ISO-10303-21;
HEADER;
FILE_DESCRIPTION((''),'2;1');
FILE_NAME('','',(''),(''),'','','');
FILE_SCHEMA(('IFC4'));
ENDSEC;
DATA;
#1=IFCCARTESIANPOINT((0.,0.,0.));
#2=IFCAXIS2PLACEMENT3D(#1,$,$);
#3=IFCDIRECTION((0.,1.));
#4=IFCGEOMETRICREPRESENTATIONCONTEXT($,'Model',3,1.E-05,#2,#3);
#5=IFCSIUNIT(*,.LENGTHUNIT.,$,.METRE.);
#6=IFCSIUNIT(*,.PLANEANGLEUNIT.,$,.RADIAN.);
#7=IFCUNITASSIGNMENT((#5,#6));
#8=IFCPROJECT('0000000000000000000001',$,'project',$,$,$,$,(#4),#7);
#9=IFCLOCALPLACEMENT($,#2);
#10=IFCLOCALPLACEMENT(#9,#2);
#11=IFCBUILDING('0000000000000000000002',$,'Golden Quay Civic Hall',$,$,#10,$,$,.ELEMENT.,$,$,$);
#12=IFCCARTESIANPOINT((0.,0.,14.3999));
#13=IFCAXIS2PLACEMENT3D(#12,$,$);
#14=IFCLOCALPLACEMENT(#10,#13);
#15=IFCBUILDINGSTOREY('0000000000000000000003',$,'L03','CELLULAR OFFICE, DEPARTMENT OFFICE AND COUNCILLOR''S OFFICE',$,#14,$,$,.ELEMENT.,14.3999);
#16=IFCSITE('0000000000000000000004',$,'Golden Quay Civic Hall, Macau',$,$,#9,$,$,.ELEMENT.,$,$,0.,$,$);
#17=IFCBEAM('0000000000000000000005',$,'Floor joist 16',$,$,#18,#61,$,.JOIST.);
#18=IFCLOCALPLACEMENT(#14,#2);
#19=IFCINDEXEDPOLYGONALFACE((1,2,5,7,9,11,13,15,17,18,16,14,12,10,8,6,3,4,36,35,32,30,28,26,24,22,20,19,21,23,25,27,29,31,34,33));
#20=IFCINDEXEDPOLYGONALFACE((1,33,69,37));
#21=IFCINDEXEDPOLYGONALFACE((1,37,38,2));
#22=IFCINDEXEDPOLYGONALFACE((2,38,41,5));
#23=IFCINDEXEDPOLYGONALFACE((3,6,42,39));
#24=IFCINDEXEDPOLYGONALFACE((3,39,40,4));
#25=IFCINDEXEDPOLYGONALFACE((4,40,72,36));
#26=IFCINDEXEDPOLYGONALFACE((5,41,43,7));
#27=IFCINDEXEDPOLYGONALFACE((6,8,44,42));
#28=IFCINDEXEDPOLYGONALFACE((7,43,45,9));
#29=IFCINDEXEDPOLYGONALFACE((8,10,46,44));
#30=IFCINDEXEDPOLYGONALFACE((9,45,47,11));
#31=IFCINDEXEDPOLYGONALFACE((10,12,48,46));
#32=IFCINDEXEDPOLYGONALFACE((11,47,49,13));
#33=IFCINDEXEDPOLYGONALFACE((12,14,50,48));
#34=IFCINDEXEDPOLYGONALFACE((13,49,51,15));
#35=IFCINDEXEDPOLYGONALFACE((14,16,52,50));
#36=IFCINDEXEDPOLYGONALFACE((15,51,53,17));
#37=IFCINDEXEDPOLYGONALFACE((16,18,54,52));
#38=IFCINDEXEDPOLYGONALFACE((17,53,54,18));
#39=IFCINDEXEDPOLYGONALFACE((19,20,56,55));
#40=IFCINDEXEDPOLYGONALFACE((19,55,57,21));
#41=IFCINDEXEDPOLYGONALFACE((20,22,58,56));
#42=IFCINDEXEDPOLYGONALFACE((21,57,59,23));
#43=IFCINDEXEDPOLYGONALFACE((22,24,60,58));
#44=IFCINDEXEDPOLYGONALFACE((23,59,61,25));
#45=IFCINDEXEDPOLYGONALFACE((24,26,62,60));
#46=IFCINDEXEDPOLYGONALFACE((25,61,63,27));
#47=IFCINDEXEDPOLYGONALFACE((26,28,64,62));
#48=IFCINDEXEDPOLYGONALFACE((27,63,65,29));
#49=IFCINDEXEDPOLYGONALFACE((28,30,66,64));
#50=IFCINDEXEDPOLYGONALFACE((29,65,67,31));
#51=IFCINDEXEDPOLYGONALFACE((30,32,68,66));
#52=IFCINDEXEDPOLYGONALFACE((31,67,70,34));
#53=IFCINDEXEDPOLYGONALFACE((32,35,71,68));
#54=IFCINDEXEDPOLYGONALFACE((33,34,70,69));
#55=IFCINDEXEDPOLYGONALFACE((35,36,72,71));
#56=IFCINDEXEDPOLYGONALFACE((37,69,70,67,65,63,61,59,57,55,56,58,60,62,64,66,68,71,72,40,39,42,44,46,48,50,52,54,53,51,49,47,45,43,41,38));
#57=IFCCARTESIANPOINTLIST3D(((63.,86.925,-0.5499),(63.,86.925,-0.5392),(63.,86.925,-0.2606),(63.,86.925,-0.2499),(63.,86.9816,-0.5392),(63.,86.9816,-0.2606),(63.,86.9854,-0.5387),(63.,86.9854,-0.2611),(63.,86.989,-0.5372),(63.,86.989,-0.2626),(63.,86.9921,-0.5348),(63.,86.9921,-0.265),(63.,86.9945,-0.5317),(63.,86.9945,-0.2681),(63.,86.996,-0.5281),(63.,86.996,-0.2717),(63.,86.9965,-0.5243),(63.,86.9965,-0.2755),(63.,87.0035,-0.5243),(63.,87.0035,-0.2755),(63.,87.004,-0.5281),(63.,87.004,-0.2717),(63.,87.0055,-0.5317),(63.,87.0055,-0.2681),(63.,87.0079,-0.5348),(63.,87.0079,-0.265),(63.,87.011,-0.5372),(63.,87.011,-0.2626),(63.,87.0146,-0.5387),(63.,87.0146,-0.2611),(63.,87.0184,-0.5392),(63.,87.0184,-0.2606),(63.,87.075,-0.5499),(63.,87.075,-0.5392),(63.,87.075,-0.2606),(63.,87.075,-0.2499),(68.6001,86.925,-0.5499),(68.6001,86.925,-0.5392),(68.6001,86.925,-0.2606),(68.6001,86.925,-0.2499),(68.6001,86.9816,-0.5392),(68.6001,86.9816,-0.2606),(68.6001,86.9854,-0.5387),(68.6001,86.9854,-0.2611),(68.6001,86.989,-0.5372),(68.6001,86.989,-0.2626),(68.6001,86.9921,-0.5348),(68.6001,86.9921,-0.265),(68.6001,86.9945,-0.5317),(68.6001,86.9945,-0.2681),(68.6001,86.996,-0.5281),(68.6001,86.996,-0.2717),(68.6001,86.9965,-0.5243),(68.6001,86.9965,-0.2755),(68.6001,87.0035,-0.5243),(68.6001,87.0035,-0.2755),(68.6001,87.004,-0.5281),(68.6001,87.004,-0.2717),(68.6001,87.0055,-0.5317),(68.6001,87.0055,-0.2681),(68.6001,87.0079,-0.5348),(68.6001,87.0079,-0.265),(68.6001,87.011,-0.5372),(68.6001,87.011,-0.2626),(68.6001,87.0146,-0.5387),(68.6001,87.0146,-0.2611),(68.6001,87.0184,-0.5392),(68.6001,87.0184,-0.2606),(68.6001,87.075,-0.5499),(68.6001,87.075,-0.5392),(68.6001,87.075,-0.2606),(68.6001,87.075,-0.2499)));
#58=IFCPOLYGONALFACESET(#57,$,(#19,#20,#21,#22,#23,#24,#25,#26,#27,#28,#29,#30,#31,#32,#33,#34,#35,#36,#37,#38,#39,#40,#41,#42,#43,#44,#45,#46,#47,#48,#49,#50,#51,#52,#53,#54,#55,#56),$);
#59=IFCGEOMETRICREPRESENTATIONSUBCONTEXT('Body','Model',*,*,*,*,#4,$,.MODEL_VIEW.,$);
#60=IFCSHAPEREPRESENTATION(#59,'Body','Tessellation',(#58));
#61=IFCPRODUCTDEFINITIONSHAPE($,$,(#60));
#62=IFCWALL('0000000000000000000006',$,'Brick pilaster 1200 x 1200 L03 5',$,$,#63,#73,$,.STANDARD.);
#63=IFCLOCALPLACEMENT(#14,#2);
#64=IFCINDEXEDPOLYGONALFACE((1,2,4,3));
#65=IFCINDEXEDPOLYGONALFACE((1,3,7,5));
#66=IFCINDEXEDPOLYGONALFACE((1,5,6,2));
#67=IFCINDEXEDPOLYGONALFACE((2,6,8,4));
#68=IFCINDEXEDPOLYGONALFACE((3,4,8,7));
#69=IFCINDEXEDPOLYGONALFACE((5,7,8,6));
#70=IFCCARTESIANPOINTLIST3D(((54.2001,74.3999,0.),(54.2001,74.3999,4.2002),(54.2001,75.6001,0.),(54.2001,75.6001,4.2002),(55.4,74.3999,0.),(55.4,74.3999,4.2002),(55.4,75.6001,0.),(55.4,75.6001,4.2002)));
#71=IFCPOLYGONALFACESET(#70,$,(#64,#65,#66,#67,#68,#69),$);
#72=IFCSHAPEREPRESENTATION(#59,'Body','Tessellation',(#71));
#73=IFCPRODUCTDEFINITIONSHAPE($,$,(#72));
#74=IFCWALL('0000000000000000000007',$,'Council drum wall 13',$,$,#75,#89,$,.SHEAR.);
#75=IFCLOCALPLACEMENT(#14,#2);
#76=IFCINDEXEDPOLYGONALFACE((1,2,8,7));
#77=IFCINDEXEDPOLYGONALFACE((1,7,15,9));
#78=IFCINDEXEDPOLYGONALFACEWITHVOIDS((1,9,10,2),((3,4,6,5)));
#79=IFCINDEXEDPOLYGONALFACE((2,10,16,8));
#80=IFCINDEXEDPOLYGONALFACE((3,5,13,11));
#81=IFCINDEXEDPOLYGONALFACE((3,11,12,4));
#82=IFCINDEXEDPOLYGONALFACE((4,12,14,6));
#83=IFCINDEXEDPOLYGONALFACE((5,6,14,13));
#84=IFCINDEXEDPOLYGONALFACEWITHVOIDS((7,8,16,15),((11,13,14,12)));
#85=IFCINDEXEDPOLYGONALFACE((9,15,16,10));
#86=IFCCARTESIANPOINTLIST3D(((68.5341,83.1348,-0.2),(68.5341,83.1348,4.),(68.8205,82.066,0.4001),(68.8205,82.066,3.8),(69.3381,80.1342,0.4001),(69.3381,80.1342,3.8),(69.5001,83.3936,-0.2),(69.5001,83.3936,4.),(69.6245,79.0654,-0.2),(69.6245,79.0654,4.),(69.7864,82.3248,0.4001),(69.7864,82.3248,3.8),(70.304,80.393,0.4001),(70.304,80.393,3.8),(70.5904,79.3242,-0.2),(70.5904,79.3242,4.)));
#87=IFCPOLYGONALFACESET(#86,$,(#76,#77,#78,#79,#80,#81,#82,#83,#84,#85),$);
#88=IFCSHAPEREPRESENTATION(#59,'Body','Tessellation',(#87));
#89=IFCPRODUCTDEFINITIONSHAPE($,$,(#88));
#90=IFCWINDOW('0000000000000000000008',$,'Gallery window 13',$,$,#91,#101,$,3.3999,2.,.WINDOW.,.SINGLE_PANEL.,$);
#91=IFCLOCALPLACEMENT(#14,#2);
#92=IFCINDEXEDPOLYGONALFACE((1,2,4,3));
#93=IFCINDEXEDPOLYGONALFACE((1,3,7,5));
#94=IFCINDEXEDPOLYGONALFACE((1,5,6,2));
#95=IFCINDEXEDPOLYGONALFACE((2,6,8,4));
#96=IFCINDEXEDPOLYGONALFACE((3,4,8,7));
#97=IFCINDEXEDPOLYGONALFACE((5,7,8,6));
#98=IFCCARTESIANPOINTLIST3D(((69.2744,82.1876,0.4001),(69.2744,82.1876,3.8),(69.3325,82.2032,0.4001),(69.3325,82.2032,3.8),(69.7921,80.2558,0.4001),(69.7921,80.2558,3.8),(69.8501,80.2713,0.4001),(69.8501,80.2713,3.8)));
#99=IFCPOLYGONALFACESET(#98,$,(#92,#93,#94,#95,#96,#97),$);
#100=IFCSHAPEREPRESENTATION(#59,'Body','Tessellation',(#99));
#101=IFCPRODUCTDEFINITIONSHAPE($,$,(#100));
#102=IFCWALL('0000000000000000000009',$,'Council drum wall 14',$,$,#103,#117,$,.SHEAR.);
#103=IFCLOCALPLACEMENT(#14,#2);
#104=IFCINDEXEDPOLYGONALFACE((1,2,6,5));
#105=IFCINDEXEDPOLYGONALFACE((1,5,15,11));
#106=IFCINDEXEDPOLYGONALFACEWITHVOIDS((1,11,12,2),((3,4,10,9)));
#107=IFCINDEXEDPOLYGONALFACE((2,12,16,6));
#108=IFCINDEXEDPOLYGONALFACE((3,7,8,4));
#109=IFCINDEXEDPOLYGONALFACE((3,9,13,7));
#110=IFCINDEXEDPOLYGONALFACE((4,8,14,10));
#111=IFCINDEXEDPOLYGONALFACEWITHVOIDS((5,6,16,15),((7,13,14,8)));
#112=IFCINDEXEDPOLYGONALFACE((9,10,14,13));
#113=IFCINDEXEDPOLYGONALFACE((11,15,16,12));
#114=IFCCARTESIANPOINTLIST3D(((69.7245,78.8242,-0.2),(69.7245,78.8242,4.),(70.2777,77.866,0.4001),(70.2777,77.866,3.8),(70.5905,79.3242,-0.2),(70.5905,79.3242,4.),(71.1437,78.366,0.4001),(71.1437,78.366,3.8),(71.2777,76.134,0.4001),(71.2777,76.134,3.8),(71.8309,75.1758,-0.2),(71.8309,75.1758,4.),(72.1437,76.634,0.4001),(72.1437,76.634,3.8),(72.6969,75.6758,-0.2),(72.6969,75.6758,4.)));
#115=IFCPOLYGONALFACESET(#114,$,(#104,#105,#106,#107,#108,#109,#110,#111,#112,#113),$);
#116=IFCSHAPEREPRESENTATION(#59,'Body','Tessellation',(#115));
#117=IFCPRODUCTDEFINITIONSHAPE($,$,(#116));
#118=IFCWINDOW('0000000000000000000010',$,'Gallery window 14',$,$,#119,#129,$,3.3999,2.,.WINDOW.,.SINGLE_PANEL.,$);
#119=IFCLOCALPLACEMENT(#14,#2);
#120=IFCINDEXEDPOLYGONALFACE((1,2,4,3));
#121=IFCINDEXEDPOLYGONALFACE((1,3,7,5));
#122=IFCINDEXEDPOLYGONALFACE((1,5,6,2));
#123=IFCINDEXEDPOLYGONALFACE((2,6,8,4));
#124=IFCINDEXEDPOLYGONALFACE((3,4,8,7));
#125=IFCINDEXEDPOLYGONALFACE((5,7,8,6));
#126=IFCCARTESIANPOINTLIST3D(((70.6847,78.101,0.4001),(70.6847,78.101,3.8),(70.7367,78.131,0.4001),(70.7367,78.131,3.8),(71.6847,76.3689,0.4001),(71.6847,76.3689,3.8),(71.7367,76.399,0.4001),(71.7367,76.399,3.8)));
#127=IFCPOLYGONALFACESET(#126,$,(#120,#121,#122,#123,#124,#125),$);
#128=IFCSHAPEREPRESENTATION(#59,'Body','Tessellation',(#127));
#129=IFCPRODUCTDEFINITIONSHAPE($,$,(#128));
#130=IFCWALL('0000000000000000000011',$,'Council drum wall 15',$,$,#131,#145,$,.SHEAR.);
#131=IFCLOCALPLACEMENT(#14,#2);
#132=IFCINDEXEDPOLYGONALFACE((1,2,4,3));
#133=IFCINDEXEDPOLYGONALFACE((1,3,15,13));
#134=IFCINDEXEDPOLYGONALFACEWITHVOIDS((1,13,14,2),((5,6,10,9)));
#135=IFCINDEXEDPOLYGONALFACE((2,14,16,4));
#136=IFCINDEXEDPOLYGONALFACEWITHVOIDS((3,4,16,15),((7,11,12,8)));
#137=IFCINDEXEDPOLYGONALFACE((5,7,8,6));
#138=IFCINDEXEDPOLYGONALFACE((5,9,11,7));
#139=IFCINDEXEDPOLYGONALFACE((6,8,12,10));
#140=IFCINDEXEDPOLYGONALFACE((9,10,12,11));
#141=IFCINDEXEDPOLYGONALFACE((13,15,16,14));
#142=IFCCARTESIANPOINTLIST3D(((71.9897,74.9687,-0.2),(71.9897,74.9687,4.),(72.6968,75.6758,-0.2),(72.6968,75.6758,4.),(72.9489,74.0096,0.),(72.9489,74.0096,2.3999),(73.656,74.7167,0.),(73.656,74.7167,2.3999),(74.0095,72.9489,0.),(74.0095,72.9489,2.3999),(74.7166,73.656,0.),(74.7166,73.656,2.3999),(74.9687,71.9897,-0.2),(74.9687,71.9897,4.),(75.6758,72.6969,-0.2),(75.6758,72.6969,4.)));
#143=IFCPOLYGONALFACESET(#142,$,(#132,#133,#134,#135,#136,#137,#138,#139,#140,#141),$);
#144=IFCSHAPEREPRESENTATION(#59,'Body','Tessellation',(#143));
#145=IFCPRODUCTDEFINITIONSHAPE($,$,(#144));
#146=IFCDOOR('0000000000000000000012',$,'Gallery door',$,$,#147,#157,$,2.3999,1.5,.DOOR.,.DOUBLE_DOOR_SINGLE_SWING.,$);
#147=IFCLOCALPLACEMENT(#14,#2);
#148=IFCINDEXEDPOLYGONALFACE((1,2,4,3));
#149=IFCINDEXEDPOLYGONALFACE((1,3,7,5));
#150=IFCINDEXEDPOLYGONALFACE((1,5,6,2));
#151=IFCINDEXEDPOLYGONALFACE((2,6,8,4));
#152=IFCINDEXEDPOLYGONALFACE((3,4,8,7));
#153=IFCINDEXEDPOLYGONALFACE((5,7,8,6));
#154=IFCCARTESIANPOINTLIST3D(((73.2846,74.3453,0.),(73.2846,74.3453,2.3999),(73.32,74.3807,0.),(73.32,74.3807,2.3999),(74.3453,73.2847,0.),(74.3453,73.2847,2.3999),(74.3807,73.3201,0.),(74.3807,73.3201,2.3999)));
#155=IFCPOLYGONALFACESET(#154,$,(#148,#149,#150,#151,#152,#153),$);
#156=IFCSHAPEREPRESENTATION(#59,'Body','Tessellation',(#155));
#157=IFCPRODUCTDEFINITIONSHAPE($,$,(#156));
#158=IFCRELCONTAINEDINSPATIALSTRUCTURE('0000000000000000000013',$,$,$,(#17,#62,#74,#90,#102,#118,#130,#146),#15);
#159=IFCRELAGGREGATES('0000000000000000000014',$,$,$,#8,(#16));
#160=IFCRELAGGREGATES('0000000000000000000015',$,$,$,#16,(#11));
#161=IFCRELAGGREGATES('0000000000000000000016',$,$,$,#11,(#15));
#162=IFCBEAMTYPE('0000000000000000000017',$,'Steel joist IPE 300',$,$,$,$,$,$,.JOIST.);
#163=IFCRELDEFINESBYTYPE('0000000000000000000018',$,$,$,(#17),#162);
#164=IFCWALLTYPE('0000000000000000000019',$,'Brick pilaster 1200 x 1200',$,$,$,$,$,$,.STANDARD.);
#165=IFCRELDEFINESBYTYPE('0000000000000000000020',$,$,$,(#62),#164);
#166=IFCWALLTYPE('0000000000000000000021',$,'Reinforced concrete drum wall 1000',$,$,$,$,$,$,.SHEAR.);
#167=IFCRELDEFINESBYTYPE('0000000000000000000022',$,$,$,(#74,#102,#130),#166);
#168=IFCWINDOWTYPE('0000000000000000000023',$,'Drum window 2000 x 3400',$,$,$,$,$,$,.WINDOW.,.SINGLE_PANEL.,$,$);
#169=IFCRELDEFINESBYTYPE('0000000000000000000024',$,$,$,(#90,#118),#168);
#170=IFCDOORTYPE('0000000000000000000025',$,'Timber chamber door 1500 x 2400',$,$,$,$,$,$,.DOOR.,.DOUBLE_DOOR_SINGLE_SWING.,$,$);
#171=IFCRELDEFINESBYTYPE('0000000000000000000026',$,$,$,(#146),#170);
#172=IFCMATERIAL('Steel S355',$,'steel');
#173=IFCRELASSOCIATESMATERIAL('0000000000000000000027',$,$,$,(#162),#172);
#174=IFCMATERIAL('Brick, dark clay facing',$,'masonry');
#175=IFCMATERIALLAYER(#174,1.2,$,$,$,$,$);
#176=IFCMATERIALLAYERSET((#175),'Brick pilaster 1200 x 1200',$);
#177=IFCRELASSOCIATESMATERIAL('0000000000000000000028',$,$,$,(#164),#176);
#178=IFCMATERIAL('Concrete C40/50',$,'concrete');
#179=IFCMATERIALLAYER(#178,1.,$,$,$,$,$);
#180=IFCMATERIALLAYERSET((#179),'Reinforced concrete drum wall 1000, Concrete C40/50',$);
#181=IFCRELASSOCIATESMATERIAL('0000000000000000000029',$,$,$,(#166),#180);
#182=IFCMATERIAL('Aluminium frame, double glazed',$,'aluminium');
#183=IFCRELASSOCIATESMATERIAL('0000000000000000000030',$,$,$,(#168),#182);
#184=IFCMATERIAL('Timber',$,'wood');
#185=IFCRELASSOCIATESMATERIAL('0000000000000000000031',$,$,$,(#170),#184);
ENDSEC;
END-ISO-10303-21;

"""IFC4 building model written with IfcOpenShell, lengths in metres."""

from ifc_helpers import new_model, si_unit, direction, frame, frame_2d, origin, origin_2d, place, context, subcontext, project, spatial, rectangle, i_section, extrude, material, layer, layer_set, material_profile, profile_set, type_object, element, fill, save


model = new_model("IFC4")

# Units and contexts
model_context = context("Model", 3, precision=1e-05, world=origin(), true_north=direction((0.0, 1.0)))
body_context = subcontext(model_context, "Body", "Model", "MODEL_VIEW")
ifc_project = project(units=[si_unit("LENGTHUNIT", "METRE"), si_unit("PLANEANGLEUNIT", "RADIAN")], contexts=[model_context])

# Site, building, storey
site_placement = place(None, origin())
site = spatial("IfcSite", under=ifc_project, at=site_placement, Name="Golden Quay Civic Hall, Macau", CompositionType="ELEMENT", RefElevation=0.0)
building_placement = place(site_placement, origin())
building = spatial("IfcBuilding", under=site, at=building_placement, Name="Golden Quay Civic Hall", CompositionType="ELEMENT")
storey_placement = place(building_placement, frame((0.0, 0.0, 14.3999)))
storey = spatial("IfcBuildingStorey", under=building, at=storey_placement, Name="L03", Description="CELLULAR OFFICE, DEPARTMENT OFFICE AND COUNCILLOR'S OFFICE", CompositionType="ELEMENT", Elevation=14.3999)

# Beam
ifc_material_1 = material(Name="Steel S355", Category="steel")
ifc_material_profile_1 = material_profile(ifc_material_1, i_section(OverallWidth=0.1499, OverallDepth=0.3, WebThickness=0.0071, FlangeThickness=0.0107, FilletRadius=0.0149, at=origin_2d()), Name="IPE 300")
ifc_profile_set_1 = profile_set([ifc_material_profile_1], Name="Steel S355")
beam_type_1 = type_object("IfcBeamType", Name="Steel joist IPE 300", PredefinedType="JOIST", material=ifc_profile_set_1)
for number, where, z_axis, x_axis, name in (
    (1, (63.0, 87.0, -0.3999), (1.0, 0.0, 0.0), (0.0, 1.0, 0.0), "Floor joist 16"),
):
    element("IfcBeam", number, at=place(storey_placement, frame(where, z_axis=z_axis, x_axis=x_axis)), inside=storey, type_object=beam_type_1, Name=name, PredefinedType="JOIST", context=body_context, shape_type="SweptSolid", body=[
        extrude(i_section(OverallWidth=0.1499, OverallDepth=0.3, WebThickness=0.0071, FlangeThickness=0.0107, FilletRadius=0.0149, at=origin_2d()), origin(), (0.0, 0.0, 1.0), 5.6001),
    ])

# Wall
ifc_material_2 = material(Name="Brick, dark clay facing", Category="masonry")
ifc_layer_1 = layer(ifc_material_2, 1.2)
ifc_layer_set_1 = layer_set([ifc_layer_1], Name="Brick pilaster 1200 x 1200")
wall_type_1 = type_object("IfcWallType", Name="Brick pilaster 1200 x 1200", PredefinedType="STANDARD", material=ifc_layer_set_1)
wall_1_placement = place(storey_placement, frame((54.8, 74.3999, 0.0), z_axis=(0.0, 0.0, 1.0), x_axis=(0.0, 1.0, 0.0)))
element("IfcWall", 2, at=wall_1_placement, inside=storey, type_object=wall_type_1, Name="Brick pilaster 1200 x 1200 L03 5", PredefinedType="STANDARD", context=body_context, shape_type="SweptSolid", body=[
    extrude(rectangle(XDim=1.2002, YDim=1.2, at=frame_2d((0.6001, 0.0))), origin(), (0.0, 0.0, 1.0), 4.2002),
])

# Walls, openings, windows
ifc_material_3 = material(Name="Concrete C40/50", Category="concrete")
ifc_layer_2 = layer(ifc_material_3, 1.0)
ifc_layer_set_2 = layer_set([ifc_layer_2], Name="Reinforced concrete drum wall 1000, Concrete C40/50")
wall_type_2 = type_object("IfcWallType", Name="Reinforced concrete drum wall 1000", PredefinedType="SHEAR", material=ifc_layer_set_2)
wall_2_placement = place(storey_placement, frame((69.0171, 83.2642, -0.2), z_axis=(0.0, 0.0, 1.0), x_axis=(0.258809, -0.965928, 0.0)))
wall_2 = element("IfcWall", 3, at=wall_2_placement, inside=storey, type_object=wall_type_2, Name="Council drum wall 13", PredefinedType="SHEAR", context=body_context, shape_type="SweptSolid", body=[
    extrude(rectangle(XDim=4.2129, YDim=1.0, at=frame_2d((2.1064, 0.0))), origin(), (0.0, 0.0, 1.0), 4.2),
])
opening_1_placement = place(wall_2_placement, frame((1.1064, 0.0, 0.6001)))
opening_1 = element("IfcOpeningElement", 4, at=opening_1_placement, cuts=wall_2, PredefinedType="OPENING", context=body_context, shape_type="SweptSolid", body=[
    extrude(rectangle(XDim=2.0, YDim=3.3999, at=frame_2d((1.0, 1.7))), frame((0.0, 0.51, 0.0), z_axis=(0.0, -1.0, 0.0), x_axis=(1.0, 0.0, 0.0)), (0.0, 0.0, 1.0), 1.02),
])
ifc_material_4 = material(Name="Aluminium frame, double glazed", Category="aluminium")
window_type = type_object("IfcWindowType", Name="Drum window 2000 x 3400", PartitioningType="SINGLE_PANEL", PredefinedType="WINDOW", material=ifc_material_4)
window_1_placement = place(opening_1_placement, origin())
window_1 = element("IfcWindow", 5, at=window_1_placement, inside=storey, type_object=window_type, Name="Gallery window 13", OverallHeight=3.3999, OverallWidth=2.0, PartitioningType="SINGLE_PANEL", PredefinedType="WINDOW", context=body_context, shape_type="SweptSolid", body=[
    extrude(rectangle(XDim=2.0, YDim=3.3999, at=frame_2d((1.0, 1.7))), frame((0.0, 0.03, 0.0), z_axis=(0.0, -1.0, 0.0), x_axis=(1.0, 0.0, 0.0)), (0.0, 0.0, 1.0), 0.0601),
])
fill(opening_1, window_1)
wall_3_placement = place(storey_placement, frame((70.1575, 79.0742, -0.2), z_axis=(0.0, 0.0, 1.0), x_axis=(0.500003, -0.866023, 0.0)))
wall_3 = element("IfcWall", 6, at=wall_3_placement, inside=storey, type_object=wall_type_2, Name="Council drum wall 14", PredefinedType="SHEAR", context=body_context, shape_type="SweptSolid", body=[
    extrude(rectangle(XDim=4.2129, YDim=1.0, at=frame_2d((2.1064, 0.0))), origin(), (0.0, 0.0, 1.0), 4.2),
])
opening_2_placement = place(wall_3_placement, frame((1.1064, 0.0, 0.6001)))
opening_2 = element("IfcOpeningElement", 7, at=opening_2_placement, cuts=wall_3, PredefinedType="OPENING", context=body_context, shape_type="SweptSolid", body=[
    extrude(rectangle(XDim=2.0, YDim=3.3999, at=frame_2d((1.0, 1.7))), frame((0.0, 0.51, 0.0), z_axis=(0.0, -1.0, 0.0), x_axis=(1.0, 0.0, 0.0)), (0.0, 0.0, 1.0), 1.02),
])
window_2_placement = place(opening_2_placement, origin())
window_2 = element("IfcWindow", 8, at=window_2_placement, inside=storey, type_object=window_type, Name="Gallery window 14", OverallHeight=3.3999, OverallWidth=2.0, PartitioningType="SINGLE_PANEL", PredefinedType="WINDOW", context=body_context, shape_type="SweptSolid", body=[
    extrude(rectangle(XDim=2.0, YDim=3.3999, at=frame_2d((1.0, 1.7))), frame((0.0, 0.03, 0.0), z_axis=(0.0, -1.0, 0.0), x_axis=(1.0, 0.0, 0.0)), (0.0, 0.0, 1.0), 0.0601),
])
fill(opening_2, window_2)

# Wall, opening, door
wall_4_placement = place(storey_placement, frame((72.3433, 75.3223, -0.2), z_axis=(0.0, 0.0, 1.0), x_axis=(0.707107, -0.707107, 0.0)))
wall_4 = element("IfcWall", 9, at=wall_4_placement, inside=storey, type_object=wall_type_2, Name="Council drum wall 15", PredefinedType="SHEAR", context=body_context, shape_type="SweptSolid", body=[
    extrude(rectangle(XDim=4.2129, YDim=1.0, at=frame_2d((2.1064, 0.0))), origin(), (0.0, 0.0, 1.0), 4.2),
])
opening_3_placement = place(wall_4_placement, frame((1.3564, 0.0, 0.2)))
opening_3 = element("IfcOpeningElement", 10, at=opening_3_placement, cuts=wall_4, PredefinedType="OPENING", context=body_context, shape_type="SweptSolid", body=[
    extrude(rectangle(XDim=1.5, YDim=2.3999, at=frame_2d((0.75, 1.2))), frame((0.0, 0.51, 0.0), z_axis=(0.0, -1.0, 0.0), x_axis=(1.0, 0.0, 0.0)), (0.0, 0.0, 1.0), 1.02),
])
ifc_material_5 = material(Name="Timber", Category="wood")
door_type_1 = type_object("IfcDoorType", Name="Timber chamber door 1500 x 2400", OperationType="DOUBLE_DOOR_SINGLE_SWING", PredefinedType="DOOR", material=ifc_material_5)
door_1_placement = place(opening_3_placement, frame((1.5, 0.0, 0.0), z_axis=(0.0, 0.0, 1.0), x_axis=(-1.0, 0.0, 0.0)))
door_1 = element("IfcDoor", 11, at=door_1_placement, inside=storey, type_object=door_type_1, Name="Gallery door", OperationType="DOUBLE_DOOR_SINGLE_SWING", OverallHeight=2.3999, OverallWidth=1.5, PredefinedType="DOOR", context=body_context, shape_type="SweptSolid", body=[
    extrude(rectangle(XDim=1.5, YDim=2.3999, at=frame_2d((0.75, 1.2))), frame((0.0, 0.0251, 0.0), z_axis=(0.0, -1.0, 0.0), x_axis=(1.0, 0.0, 0.0)), (0.0, 0.0, 1.0), 0.05),
])
fill(opening_3, door_1)

save(model, "model.ifc")
